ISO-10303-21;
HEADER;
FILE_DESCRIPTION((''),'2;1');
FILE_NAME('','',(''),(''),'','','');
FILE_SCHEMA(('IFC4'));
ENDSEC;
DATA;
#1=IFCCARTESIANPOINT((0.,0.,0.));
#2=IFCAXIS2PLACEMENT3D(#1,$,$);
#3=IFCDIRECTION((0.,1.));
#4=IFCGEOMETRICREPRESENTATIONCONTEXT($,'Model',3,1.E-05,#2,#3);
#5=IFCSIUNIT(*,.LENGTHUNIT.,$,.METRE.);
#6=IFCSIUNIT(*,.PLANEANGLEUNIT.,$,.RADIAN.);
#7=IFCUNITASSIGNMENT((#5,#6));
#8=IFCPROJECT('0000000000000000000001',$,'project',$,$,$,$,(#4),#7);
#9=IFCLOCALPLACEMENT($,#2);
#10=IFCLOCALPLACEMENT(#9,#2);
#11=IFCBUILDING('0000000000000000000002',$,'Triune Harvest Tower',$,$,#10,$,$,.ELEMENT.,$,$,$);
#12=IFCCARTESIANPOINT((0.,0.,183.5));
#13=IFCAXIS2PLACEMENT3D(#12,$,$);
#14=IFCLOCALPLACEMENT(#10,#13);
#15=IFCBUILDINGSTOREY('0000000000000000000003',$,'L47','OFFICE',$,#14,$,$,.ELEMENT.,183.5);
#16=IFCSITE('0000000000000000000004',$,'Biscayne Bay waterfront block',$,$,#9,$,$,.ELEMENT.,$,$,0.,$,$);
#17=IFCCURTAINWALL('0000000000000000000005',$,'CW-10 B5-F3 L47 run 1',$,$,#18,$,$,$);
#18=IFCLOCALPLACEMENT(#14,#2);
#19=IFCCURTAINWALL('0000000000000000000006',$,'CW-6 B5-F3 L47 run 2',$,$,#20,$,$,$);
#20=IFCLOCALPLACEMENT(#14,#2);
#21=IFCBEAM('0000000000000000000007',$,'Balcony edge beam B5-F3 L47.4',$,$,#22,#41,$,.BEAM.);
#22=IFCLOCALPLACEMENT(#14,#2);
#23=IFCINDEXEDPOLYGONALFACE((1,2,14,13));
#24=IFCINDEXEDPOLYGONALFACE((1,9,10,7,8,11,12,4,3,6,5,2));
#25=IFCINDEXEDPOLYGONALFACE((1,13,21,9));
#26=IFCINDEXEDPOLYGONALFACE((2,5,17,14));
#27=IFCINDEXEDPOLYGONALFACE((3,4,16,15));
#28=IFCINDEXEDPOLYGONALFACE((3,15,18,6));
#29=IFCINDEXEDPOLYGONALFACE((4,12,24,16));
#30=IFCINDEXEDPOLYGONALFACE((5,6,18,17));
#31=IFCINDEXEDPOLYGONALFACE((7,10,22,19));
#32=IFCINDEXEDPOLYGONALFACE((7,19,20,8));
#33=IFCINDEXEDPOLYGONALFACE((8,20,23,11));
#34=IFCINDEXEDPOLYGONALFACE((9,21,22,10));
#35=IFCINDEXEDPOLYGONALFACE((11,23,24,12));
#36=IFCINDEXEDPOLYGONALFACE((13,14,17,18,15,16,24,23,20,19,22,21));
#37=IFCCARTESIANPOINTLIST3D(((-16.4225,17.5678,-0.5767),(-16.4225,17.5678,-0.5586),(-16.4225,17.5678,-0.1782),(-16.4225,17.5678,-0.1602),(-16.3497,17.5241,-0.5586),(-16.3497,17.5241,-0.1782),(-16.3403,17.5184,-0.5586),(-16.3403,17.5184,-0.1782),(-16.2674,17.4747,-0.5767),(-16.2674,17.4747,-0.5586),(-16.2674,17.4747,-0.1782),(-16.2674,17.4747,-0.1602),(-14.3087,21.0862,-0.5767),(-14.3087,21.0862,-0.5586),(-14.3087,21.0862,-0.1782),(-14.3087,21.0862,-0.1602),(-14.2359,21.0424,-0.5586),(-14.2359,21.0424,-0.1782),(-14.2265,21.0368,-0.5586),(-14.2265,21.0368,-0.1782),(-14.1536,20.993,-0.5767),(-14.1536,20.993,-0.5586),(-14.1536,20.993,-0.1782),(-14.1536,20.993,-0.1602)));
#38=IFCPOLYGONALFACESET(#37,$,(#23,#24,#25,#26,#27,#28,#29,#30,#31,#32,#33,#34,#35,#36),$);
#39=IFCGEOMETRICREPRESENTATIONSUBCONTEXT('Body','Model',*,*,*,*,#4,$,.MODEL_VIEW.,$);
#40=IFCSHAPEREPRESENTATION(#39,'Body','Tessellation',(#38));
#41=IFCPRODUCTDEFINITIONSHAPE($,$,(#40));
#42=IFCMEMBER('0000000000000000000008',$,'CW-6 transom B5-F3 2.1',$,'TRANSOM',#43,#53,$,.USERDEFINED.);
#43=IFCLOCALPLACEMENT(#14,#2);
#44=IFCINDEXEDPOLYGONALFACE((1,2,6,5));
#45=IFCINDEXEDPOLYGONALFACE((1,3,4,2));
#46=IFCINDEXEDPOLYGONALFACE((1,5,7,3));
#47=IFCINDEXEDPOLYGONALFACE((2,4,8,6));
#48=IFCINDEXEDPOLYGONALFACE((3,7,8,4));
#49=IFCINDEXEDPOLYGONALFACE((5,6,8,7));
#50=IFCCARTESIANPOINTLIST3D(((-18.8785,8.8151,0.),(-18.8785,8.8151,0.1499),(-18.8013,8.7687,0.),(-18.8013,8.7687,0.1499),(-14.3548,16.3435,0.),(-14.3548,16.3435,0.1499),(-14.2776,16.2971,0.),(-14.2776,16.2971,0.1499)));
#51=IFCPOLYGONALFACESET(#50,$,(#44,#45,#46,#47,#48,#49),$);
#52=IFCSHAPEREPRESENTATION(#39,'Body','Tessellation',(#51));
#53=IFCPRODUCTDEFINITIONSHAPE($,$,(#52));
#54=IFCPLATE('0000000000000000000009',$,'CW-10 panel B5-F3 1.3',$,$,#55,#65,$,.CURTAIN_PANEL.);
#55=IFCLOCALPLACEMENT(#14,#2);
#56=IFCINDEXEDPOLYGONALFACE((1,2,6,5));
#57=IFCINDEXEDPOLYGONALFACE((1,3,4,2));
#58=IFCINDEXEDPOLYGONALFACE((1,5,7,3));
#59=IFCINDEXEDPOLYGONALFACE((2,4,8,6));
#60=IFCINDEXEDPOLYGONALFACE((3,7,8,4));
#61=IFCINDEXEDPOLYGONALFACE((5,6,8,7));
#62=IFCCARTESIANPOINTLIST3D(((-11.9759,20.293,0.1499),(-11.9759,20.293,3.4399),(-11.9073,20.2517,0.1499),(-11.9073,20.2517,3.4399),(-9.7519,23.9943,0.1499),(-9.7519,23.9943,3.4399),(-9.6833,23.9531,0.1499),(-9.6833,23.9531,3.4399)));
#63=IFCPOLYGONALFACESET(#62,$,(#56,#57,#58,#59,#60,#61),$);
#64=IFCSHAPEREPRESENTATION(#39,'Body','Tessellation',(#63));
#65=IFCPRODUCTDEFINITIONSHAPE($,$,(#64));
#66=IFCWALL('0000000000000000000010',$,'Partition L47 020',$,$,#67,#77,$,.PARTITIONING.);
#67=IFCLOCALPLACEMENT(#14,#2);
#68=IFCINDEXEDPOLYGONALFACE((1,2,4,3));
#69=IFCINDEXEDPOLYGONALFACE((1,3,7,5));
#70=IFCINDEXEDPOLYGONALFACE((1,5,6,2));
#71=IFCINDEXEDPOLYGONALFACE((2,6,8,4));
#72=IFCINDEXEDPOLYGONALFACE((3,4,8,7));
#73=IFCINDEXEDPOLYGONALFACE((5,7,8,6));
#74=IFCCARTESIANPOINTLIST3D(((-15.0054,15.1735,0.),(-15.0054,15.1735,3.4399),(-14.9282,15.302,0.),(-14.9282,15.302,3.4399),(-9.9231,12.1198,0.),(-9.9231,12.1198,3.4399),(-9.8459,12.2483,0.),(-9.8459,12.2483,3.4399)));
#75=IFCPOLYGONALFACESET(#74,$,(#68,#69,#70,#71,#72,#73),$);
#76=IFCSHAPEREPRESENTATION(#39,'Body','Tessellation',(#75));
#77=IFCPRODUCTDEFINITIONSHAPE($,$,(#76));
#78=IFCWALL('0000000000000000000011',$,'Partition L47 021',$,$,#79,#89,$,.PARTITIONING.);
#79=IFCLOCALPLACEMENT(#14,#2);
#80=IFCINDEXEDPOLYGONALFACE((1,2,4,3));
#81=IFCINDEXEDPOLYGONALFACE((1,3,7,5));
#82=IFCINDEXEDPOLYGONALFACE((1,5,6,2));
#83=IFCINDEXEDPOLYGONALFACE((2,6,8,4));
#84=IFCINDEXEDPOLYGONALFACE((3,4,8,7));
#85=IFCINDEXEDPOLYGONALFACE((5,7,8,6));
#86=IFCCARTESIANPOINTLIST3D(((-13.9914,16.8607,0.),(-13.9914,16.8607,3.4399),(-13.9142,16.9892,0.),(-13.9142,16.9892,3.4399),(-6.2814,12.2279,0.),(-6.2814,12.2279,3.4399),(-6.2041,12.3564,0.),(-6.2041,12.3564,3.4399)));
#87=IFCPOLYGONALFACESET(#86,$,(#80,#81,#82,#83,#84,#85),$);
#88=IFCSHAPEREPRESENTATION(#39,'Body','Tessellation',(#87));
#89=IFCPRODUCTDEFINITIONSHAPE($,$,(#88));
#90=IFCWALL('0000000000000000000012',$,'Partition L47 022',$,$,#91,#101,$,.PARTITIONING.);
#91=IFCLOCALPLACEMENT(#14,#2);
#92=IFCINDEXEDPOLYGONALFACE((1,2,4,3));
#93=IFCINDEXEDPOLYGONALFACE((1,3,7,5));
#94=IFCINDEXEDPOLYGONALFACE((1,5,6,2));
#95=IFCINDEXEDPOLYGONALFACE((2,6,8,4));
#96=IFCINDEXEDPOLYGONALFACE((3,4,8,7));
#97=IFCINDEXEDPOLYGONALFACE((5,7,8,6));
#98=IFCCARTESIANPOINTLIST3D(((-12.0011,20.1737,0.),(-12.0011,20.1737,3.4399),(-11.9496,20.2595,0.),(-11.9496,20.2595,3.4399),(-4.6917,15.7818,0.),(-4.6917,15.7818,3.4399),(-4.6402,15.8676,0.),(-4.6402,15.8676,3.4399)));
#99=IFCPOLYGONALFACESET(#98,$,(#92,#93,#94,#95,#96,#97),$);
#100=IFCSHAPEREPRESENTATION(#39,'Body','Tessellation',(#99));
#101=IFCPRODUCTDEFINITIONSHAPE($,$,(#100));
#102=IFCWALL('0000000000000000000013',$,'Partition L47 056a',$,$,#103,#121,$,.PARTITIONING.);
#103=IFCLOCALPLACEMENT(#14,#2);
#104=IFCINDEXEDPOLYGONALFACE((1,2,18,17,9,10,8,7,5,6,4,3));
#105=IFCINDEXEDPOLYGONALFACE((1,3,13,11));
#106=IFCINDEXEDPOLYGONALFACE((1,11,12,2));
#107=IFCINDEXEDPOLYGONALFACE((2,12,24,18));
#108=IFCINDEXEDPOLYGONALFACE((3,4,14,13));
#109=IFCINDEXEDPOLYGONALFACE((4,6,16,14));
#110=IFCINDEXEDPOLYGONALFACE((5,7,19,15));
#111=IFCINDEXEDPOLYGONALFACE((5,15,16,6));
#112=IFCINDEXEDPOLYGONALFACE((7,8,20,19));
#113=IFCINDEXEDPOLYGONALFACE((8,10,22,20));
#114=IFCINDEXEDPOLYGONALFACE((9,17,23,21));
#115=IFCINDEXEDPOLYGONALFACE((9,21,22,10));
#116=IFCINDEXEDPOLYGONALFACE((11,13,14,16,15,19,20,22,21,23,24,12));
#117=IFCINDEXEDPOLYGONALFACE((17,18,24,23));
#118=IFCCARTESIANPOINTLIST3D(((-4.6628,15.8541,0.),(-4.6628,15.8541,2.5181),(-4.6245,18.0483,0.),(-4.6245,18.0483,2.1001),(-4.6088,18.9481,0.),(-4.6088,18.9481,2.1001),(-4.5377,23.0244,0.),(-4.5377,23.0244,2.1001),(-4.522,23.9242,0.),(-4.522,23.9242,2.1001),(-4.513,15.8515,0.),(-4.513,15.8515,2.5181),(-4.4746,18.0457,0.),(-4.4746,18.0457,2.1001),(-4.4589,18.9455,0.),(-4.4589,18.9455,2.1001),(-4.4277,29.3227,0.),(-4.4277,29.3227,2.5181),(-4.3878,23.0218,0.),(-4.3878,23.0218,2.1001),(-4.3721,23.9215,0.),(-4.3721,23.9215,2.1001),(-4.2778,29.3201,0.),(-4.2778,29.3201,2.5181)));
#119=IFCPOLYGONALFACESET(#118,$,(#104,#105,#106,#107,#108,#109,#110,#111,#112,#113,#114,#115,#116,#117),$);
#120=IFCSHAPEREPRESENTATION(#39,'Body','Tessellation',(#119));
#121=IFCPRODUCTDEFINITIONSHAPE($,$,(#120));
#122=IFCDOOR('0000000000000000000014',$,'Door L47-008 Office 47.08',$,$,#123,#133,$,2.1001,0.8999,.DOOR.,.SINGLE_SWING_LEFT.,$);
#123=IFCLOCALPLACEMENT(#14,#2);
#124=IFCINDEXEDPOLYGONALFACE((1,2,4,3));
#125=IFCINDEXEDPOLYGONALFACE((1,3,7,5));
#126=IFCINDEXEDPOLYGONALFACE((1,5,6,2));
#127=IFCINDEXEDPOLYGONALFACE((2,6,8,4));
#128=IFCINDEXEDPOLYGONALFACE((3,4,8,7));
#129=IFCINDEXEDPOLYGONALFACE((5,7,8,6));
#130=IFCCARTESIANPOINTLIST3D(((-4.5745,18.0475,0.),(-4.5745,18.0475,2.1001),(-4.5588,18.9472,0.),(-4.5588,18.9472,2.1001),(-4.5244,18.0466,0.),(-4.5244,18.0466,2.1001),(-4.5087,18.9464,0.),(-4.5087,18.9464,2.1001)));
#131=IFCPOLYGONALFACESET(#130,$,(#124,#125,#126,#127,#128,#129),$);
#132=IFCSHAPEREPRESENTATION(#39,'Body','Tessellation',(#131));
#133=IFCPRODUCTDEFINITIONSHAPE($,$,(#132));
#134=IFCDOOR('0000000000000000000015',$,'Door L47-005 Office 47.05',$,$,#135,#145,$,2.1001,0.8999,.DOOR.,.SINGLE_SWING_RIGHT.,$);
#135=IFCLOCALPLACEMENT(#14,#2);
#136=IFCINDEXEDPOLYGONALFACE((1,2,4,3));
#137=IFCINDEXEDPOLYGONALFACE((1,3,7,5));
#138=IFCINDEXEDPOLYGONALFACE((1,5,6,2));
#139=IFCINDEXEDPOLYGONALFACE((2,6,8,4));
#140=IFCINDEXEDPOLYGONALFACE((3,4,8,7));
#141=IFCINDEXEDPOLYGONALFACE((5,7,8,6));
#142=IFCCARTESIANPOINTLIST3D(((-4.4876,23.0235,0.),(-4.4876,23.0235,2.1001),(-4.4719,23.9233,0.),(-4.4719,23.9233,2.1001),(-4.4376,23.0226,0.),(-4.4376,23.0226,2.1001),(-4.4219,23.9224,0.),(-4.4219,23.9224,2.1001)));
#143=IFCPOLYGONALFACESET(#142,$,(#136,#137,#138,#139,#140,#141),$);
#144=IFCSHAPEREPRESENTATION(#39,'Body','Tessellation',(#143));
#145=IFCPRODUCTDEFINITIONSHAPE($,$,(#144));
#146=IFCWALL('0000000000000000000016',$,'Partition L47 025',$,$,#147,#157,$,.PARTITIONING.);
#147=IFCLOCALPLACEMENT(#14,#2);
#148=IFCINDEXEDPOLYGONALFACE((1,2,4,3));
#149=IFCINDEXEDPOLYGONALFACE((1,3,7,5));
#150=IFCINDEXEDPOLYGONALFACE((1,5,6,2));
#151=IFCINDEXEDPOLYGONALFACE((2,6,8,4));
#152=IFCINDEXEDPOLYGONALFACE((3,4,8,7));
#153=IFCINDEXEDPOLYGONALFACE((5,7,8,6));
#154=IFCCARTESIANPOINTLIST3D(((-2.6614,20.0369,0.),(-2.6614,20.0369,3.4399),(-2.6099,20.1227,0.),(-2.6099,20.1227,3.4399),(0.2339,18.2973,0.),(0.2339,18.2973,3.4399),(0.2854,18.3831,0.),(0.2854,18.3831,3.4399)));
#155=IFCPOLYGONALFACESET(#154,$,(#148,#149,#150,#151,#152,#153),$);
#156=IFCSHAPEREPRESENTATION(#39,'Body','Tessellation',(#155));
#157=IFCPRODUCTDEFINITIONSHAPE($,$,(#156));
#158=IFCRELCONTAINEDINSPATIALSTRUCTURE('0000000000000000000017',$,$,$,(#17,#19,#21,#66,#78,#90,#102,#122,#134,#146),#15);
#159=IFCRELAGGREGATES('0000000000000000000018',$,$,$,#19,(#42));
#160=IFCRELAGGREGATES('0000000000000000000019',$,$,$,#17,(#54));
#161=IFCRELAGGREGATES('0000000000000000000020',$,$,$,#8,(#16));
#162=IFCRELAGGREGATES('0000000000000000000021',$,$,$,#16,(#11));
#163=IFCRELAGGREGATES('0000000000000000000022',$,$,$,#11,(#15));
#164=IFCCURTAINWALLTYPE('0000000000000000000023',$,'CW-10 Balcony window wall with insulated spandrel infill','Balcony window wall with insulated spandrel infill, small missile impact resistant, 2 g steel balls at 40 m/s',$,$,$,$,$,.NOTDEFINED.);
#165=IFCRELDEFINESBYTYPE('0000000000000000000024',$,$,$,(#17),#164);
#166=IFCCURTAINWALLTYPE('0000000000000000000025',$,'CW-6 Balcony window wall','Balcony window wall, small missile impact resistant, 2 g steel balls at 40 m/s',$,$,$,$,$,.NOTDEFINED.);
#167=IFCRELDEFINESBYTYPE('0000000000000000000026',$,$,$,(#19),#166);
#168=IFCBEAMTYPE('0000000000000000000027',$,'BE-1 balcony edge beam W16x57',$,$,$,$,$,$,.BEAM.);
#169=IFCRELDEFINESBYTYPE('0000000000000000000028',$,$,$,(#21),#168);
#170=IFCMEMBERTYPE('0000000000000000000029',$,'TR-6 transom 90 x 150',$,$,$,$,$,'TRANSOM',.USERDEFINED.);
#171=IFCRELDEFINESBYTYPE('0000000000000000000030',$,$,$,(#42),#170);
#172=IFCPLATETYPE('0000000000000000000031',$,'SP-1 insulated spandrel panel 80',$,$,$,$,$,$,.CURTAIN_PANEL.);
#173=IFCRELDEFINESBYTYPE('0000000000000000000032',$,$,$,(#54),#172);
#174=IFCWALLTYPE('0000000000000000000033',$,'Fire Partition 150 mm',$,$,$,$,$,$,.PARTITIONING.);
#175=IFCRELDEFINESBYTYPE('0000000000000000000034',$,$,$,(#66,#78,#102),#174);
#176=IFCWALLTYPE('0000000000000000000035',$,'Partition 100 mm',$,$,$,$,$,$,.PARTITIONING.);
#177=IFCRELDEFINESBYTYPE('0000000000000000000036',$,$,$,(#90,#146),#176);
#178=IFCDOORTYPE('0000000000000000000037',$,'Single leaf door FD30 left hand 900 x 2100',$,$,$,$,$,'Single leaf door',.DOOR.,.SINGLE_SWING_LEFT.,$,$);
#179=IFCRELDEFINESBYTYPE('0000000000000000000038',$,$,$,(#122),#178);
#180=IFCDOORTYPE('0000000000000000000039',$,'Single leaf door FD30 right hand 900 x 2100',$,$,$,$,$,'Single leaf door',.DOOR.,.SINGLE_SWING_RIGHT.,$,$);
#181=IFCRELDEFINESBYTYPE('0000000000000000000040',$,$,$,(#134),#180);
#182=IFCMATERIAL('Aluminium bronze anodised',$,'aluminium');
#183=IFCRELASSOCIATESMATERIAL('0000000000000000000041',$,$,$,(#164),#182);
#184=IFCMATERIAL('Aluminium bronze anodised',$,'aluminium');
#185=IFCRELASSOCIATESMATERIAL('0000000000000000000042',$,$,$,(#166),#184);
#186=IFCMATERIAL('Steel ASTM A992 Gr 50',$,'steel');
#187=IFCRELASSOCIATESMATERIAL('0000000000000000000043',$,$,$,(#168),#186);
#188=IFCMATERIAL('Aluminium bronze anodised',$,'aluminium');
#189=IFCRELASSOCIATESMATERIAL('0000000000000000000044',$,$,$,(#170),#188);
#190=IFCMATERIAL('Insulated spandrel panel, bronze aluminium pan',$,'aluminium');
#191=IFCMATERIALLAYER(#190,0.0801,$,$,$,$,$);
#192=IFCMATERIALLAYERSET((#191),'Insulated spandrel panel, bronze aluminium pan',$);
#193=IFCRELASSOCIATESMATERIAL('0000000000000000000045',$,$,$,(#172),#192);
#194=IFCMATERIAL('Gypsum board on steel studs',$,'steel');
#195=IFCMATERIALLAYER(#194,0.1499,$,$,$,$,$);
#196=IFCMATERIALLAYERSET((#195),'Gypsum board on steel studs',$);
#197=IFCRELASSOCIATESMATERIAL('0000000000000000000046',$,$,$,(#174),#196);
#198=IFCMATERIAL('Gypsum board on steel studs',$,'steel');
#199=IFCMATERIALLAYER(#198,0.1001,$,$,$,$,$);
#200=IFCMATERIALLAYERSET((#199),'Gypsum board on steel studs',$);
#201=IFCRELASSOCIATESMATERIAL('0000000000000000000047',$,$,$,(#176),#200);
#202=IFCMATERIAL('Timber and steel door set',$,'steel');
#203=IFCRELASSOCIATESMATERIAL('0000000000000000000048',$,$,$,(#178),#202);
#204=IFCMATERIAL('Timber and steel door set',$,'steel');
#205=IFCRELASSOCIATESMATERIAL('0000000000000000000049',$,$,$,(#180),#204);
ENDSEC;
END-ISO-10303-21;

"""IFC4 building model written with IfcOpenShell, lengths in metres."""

from ifc_helpers import new_model, si_unit, direction, frame, frame_2d, origin, origin_2d, place, context, subcontext, project, spatial, rectangle, i_section, extrude, source, transform, mapped, material, layer, layer_set, material_profile, profile_set, type_object, element, fill, aggregate, save


model = new_model("IFC4")

# Units and contexts
model_context = context("Model", 3, precision=1e-05, world=origin(), true_north=direction((0.0, 1.0)))
body_context = subcontext(model_context, "Body", "Model", "MODEL_VIEW")
ifc_project = project(units=[si_unit("LENGTHUNIT", "METRE"), si_unit("PLANEANGLEUNIT", "RADIAN")], contexts=[model_context])

# Site, building, storey
site_placement = place(None, origin())
site = spatial("IfcSite", under=ifc_project, at=site_placement, Name="Biscayne Bay waterfront block", CompositionType="ELEMENT", RefElevation=0.0)
building_placement = place(site_placement, origin())
building = spatial("IfcBuilding", under=site, at=building_placement, Name="Triune Harvest Tower", CompositionType="ELEMENT")
storey_placement = place(building_placement, frame((0.0, 0.0, 183.5)))
storey = spatial("IfcBuildingStorey", under=building, at=storey_placement, Name="L47", Description="OFFICE", CompositionType="ELEMENT", Elevation=183.5)

# Curtain walls
ifc_material_1 = material(Name="Aluminium bronze anodised", Category="aluminium")
curtain_wall_type_1 = type_object("IfcCurtainWallType", Name="CW-10 Balcony window wall with insulated spandrel infill", Description="Balcony window wall with insulated spandrel infill, small missile impact resistant, 2 g steel balls at 40 m/s", PredefinedType="NOTDEFINED", material=ifc_material_1)
curtain_wall_1_placement = place(storey_placement, origin())
curtain_wall_1 = element("IfcCurtainWall", 1, at=curtain_wall_1_placement, inside=storey, type_object=curtain_wall_type_1, Name="CW-10 B5-F3 L47 run 1")
ifc_material_2 = material(Name="Aluminium bronze anodised", Category="aluminium")
curtain_wall_type_2 = type_object("IfcCurtainWallType", Name="CW-6 Balcony window wall", Description="Balcony window wall, small missile impact resistant, 2 g steel balls at 40 m/s", PredefinedType="NOTDEFINED", material=ifc_material_2)
curtain_wall_2_placement = place(storey_placement, origin())
curtain_wall_2 = element("IfcCurtainWall", 2, at=curtain_wall_2_placement, inside=storey, type_object=curtain_wall_type_2, Name="CW-6 B5-F3 L47 run 2")

# Beam
ifc_material_3 = material(Name="Steel ASTM A992 Gr 50", Category="steel")
ifc_material_profile_1 = material_profile(ifc_material_3, i_section(OverallWidth=0.1809, OverallDepth=0.4165, WebThickness=0.011, FlangeThickness=0.0181, at=origin_2d()), Name="W16x57")
ifc_profile_set_1 = profile_set([ifc_material_profile_1], Name="Steel ASTM A992 Gr 50")
beam_type_1 = type_object("IfcBeamType", Name="BE-1 balcony edge beam W16x57", PredefinedType="BEAM", material=ifc_profile_set_1)
shared_shape_1 = source(origin(), body_context, "Body", "SweptSolid", [
    extrude(i_section(OverallWidth=0.1809, OverallDepth=0.4165, WebThickness=0.011, FlangeThickness=0.0181, at=origin_2d()), origin(), (0.0, 0.0, 1.0), 4.1045),
])
beam_1_placement = place(storey_placement, frame((-16.345, 17.5212, -0.3684), z_axis=(0.514994, 0.857194, 0.0), x_axis=(-0.857194, 0.514994, 0.0)))
element("IfcBeam", 3, at=beam_1_placement, inside=storey, type_object=beam_type_1, Name="Balcony edge beam B5-F3 L47.4", PredefinedType="BEAM", context=body_context, shape_type="MappedRepresentation", body=[
    mapped(shared_shape_1, transform((0.0, 0.0, 0.0), scale=1.0)),
])

# Member
ifc_material_4 = material(Name="Aluminium bronze anodised", Category="aluminium")
ifc_material_profile_2 = material_profile(ifc_material_4, rectangle(XDim=0.0901, YDim=0.1499, at=origin_2d()), Name="TR-6 transom 90 x 150")
ifc_profile_set_2 = profile_set([ifc_material_profile_2], Name="Aluminium bronze anodised")
member_type_1 = type_object("IfcMemberType", Name="TR-6 transom 90 x 150", ElementType="TRANSOM", PredefinedType="USERDEFINED", material=ifc_profile_set_2)
shared_shape_2 = source(origin(), body_context, "Body", "SweptSolid", [
    extrude(rectangle(XDim=0.0901, YDim=0.1499, at=origin_2d()), origin(), (0.0, 0.0, 1.0), 8.783),
])
member_1_placement = place(storey_placement, frame((-14.3162, 16.3203, 0.075), z_axis=(-0.515056, -0.857157, 0.0), x_axis=(0.857157, -0.515056, 0.0)))
member_1 = element("IfcMember", 4, at=member_1_placement, type_object=member_type_1, Name="CW-6 transom B5-F3 2.1", ObjectType="TRANSOM", PredefinedType="USERDEFINED", context=body_context, shape_type="MappedRepresentation", body=[
    mapped(shared_shape_2, transform((0.0, 0.0, 0.0), scale=1.0)),
])
aggregate(curtain_wall_2, [member_1])

# Plate
ifc_material_5 = material(Name="Insulated spandrel panel, bronze aluminium pan", Category="aluminium")
ifc_layer_1 = layer(ifc_material_5, 0.0801)
ifc_layer_set_1 = layer_set([ifc_layer_1], Name="Insulated spandrel panel, bronze aluminium pan")
plate_type = type_object("IfcPlateType", Name="SP-1 insulated spandrel panel 80", PredefinedType="CURTAIN_PANEL", material=ifc_layer_set_1)
shared_shape_3 = source(origin(), body_context, "Body", "SweptSolid", [
    extrude(rectangle(XDim=4.3181, YDim=0.0801, at=origin_2d()), origin(), (0.0, 0.0, 1.0), 3.29),
])
plate_placement = place(storey_placement, frame((-10.8296, 22.123, 0.1499), z_axis=(0.0, 0.0, 1.0), x_axis=(-0.515037, -0.857168, 0.0)))
plate = element("IfcPlate", 5, at=plate_placement, type_object=plate_type, Name="CW-10 panel B5-F3 1.3", PredefinedType="CURTAIN_PANEL", context=body_context, shape_type="MappedRepresentation", body=[
    mapped(shared_shape_3, transform((0.0, 0.0, 0.0), scale=1.0)),
])
aggregate(curtain_wall_1, [plate])

# Walls
ifc_material_6 = material(Name="Gypsum board on steel studs", Category="steel")
ifc_layer_2 = layer(ifc_material_6, 0.1499)
ifc_layer_set_2 = layer_set([ifc_layer_2], Name="Gypsum board on steel studs")
wall_type_1 = type_object("IfcWallType", Name="Fire Partition 150 mm", PredefinedType="PARTITIONING", material=ifc_layer_set_2)
wall_1_placement = place(storey_placement, frame((-14.9668, 15.2378, 0.0), z_axis=(0.0, 0.0, 1.0), x_axis=(0.857169, -0.515035, 0.0)))
element("IfcWall", 6, at=wall_1_placement, inside=storey, type_object=wall_type_1, Name="Partition L47 020", PredefinedType="PARTITIONING", context=body_context, shape_type="SweptSolid", body=[
    extrude(rectangle(XDim=5.9292, YDim=0.1499, at=frame_2d((2.9646, 0.0))), origin(), (0.0, 0.0, 1.0), 3.4399),
])
wall_2_placement = place(storey_placement, frame((-13.9529, 16.925, 0.0), z_axis=(0.0, 0.0, 1.0), x_axis=(0.857157, -0.515054, 0.0)))
element("IfcWall", 7, at=wall_2_placement, inside=storey, type_object=wall_type_1, Name="Partition L47 021", PredefinedType="PARTITIONING", context=body_context, shape_type="SweptSolid", body=[
    extrude(rectangle(XDim=8.9949, YDim=0.1499, at=frame_2d((4.4976, 0.0))), origin(), (0.0, 0.0, 1.0), 3.4399),
])
ifc_material_7 = material(Name="Gypsum board on steel studs", Category="steel")
ifc_layer_3 = layer(ifc_material_7, 0.1001)
ifc_layer_set_3 = layer_set([ifc_layer_3], Name="Gypsum board on steel studs")
wall_type_2 = type_object("IfcWallType", Name="Partition 100 mm", PredefinedType="PARTITIONING", material=ifc_layer_set_3)
wall_3_placement = place(storey_placement, frame((-11.9753, 20.2166, 0.0), z_axis=(0.0, 0.0, 1.0), x_axis=(0.857169, -0.515035, 0.0)))
element("IfcWall", 8, at=wall_3_placement, inside=storey, type_object=wall_type_2, Name="Partition L47 022", PredefinedType="PARTITIONING", context=body_context, shape_type="SweptSolid", body=[
    extrude(rectangle(XDim=8.5273, YDim=0.1001, at=frame_2d((4.2637, 0.0))), origin(), (0.0, 0.0, 1.0), 3.4399),
])

# Wall, openings, doors
shared_shape_4 = source(origin(), body_context, "Body", "SweptSolid", [
    extrude(rectangle(XDim=13.4707, YDim=0.1499, at=frame_2d((6.7354, 0.0))), origin(), (0.0, 0.0, 1.0), 2.5181),
])
wall_4_placement = place(storey_placement, frame((-4.5879, 15.8528, 0.0), z_axis=(0.0, 0.0, 1.0), x_axis=(0.017453, 0.999848, 0.0)))
wall_4 = element("IfcWall", 9, at=wall_4_placement, inside=storey, type_object=wall_type_1, Name="Partition L47 056a", PredefinedType="PARTITIONING", context=body_context, shape_type="MappedRepresentation", body=[
    mapped(shared_shape_4, transform((0.0, 0.0, 0.0), scale=1.0)),
])
opening_1_placement = place(wall_4_placement, frame((7.1714, 0.0, 0.0)))
opening_1 = element("IfcOpeningElement", 10, at=opening_1_placement, cuts=wall_4, PredefinedType="OPENING", context=body_context, shape_type="SweptSolid", body=[
    extrude(rectangle(XDim=0.8999, YDim=2.1001, at=frame_2d((0.45, 1.05))), frame((0.0, 0.085, 0.0), z_axis=(0.0, -1.0, 0.0), x_axis=(1.0, 0.0, 0.0)), (0.0, 0.0, 1.0), 0.1699),
])
opening_2_placement = place(wall_4_placement, frame((2.1946, 0.0, 0.0)))
opening_2 = element("IfcOpeningElement", 11, at=opening_2_placement, cuts=wall_4, PredefinedType="OPENING", context=body_context, shape_type="SweptSolid", body=[
    extrude(rectangle(XDim=0.8999, YDim=2.1001, at=frame_2d((0.45, 1.05))), frame((0.0, 0.085, 0.0), z_axis=(0.0, -1.0, 0.0), x_axis=(1.0, 0.0, 0.0)), (0.0, 0.0, 1.0), 0.1699),
])
ifc_material_8 = material(Name="Timber and steel door set", Category="steel")
door_type_1 = type_object("IfcDoorType", Name="Single leaf door FD30 left hand 900 x 2100", ElementType="Single leaf door", OperationType="SINGLE_SWING_LEFT", PredefinedType="DOOR", material=ifc_material_8)
door_1_placement = place(opening_2_placement, origin())
door_1 = element("IfcDoor", 12, at=door_1_placement, inside=storey, type_object=door_type_1, Name="Door L47-008 Office 47.08", OperationType="SINGLE_SWING_LEFT", OverallHeight=2.1001, OverallWidth=0.8999, PredefinedType="DOOR", context=body_context, shape_type="SweptSolid", body=[
    extrude(rectangle(XDim=0.8999, YDim=2.1001, at=frame_2d((0.45, 1.05))), frame((0.0, 0.0249, 0.0), z_axis=(0.0, -1.0, 0.0), x_axis=(1.0, 0.0, 0.0)), (0.0, 0.0, 1.0), 0.05),
])
fill(opening_2, door_1)
ifc_material_9 = material(Name="Timber and steel door set", Category="steel")
door_type_2 = type_object("IfcDoorType", Name="Single leaf door FD30 right hand 900 x 2100", ElementType="Single leaf door", OperationType="SINGLE_SWING_RIGHT", PredefinedType="DOOR", material=ifc_material_9)
door_2_placement = place(opening_1_placement, origin())
door_2 = element("IfcDoor", 13, at=door_2_placement, inside=storey, type_object=door_type_2, Name="Door L47-005 Office 47.05", OperationType="SINGLE_SWING_RIGHT", OverallHeight=2.1001, OverallWidth=0.8999, PredefinedType="DOOR", context=body_context, shape_type="SweptSolid", body=[
    extrude(rectangle(XDim=0.8999, YDim=2.1001, at=frame_2d((0.45, 1.05))), frame((0.0, 0.0249, 0.0), z_axis=(0.0, -1.0, 0.0), x_axis=(1.0, 0.0, 0.0)), (0.0, 0.0, 1.0), 0.05),
])
fill(opening_1, door_2)

# Wall
shared_shape_5 = source(origin(), body_context, "Body", "SweptSolid", [
    extrude(rectangle(XDim=3.3777, YDim=0.1001, at=frame_2d((1.689, 0.0))), origin(), (0.0, 0.0, 1.0), 3.4399),
])
wall_5_placement = place(storey_placement, frame((-2.6357, 20.0798, 0.0), z_axis=(0.0, 0.0, 1.0), x_axis=(0.857187, -0.515006, 0.0)))
element("IfcWall", 14, at=wall_5_placement, inside=storey, type_object=wall_type_2, Name="Partition L47 025", PredefinedType="PARTITIONING", context=body_context, shape_type="MappedRepresentation", body=[
    mapped(shared_shape_5, transform((0.0, 0.0, 0.0), scale=1.0)),
])

save(model, "model.ifc")
